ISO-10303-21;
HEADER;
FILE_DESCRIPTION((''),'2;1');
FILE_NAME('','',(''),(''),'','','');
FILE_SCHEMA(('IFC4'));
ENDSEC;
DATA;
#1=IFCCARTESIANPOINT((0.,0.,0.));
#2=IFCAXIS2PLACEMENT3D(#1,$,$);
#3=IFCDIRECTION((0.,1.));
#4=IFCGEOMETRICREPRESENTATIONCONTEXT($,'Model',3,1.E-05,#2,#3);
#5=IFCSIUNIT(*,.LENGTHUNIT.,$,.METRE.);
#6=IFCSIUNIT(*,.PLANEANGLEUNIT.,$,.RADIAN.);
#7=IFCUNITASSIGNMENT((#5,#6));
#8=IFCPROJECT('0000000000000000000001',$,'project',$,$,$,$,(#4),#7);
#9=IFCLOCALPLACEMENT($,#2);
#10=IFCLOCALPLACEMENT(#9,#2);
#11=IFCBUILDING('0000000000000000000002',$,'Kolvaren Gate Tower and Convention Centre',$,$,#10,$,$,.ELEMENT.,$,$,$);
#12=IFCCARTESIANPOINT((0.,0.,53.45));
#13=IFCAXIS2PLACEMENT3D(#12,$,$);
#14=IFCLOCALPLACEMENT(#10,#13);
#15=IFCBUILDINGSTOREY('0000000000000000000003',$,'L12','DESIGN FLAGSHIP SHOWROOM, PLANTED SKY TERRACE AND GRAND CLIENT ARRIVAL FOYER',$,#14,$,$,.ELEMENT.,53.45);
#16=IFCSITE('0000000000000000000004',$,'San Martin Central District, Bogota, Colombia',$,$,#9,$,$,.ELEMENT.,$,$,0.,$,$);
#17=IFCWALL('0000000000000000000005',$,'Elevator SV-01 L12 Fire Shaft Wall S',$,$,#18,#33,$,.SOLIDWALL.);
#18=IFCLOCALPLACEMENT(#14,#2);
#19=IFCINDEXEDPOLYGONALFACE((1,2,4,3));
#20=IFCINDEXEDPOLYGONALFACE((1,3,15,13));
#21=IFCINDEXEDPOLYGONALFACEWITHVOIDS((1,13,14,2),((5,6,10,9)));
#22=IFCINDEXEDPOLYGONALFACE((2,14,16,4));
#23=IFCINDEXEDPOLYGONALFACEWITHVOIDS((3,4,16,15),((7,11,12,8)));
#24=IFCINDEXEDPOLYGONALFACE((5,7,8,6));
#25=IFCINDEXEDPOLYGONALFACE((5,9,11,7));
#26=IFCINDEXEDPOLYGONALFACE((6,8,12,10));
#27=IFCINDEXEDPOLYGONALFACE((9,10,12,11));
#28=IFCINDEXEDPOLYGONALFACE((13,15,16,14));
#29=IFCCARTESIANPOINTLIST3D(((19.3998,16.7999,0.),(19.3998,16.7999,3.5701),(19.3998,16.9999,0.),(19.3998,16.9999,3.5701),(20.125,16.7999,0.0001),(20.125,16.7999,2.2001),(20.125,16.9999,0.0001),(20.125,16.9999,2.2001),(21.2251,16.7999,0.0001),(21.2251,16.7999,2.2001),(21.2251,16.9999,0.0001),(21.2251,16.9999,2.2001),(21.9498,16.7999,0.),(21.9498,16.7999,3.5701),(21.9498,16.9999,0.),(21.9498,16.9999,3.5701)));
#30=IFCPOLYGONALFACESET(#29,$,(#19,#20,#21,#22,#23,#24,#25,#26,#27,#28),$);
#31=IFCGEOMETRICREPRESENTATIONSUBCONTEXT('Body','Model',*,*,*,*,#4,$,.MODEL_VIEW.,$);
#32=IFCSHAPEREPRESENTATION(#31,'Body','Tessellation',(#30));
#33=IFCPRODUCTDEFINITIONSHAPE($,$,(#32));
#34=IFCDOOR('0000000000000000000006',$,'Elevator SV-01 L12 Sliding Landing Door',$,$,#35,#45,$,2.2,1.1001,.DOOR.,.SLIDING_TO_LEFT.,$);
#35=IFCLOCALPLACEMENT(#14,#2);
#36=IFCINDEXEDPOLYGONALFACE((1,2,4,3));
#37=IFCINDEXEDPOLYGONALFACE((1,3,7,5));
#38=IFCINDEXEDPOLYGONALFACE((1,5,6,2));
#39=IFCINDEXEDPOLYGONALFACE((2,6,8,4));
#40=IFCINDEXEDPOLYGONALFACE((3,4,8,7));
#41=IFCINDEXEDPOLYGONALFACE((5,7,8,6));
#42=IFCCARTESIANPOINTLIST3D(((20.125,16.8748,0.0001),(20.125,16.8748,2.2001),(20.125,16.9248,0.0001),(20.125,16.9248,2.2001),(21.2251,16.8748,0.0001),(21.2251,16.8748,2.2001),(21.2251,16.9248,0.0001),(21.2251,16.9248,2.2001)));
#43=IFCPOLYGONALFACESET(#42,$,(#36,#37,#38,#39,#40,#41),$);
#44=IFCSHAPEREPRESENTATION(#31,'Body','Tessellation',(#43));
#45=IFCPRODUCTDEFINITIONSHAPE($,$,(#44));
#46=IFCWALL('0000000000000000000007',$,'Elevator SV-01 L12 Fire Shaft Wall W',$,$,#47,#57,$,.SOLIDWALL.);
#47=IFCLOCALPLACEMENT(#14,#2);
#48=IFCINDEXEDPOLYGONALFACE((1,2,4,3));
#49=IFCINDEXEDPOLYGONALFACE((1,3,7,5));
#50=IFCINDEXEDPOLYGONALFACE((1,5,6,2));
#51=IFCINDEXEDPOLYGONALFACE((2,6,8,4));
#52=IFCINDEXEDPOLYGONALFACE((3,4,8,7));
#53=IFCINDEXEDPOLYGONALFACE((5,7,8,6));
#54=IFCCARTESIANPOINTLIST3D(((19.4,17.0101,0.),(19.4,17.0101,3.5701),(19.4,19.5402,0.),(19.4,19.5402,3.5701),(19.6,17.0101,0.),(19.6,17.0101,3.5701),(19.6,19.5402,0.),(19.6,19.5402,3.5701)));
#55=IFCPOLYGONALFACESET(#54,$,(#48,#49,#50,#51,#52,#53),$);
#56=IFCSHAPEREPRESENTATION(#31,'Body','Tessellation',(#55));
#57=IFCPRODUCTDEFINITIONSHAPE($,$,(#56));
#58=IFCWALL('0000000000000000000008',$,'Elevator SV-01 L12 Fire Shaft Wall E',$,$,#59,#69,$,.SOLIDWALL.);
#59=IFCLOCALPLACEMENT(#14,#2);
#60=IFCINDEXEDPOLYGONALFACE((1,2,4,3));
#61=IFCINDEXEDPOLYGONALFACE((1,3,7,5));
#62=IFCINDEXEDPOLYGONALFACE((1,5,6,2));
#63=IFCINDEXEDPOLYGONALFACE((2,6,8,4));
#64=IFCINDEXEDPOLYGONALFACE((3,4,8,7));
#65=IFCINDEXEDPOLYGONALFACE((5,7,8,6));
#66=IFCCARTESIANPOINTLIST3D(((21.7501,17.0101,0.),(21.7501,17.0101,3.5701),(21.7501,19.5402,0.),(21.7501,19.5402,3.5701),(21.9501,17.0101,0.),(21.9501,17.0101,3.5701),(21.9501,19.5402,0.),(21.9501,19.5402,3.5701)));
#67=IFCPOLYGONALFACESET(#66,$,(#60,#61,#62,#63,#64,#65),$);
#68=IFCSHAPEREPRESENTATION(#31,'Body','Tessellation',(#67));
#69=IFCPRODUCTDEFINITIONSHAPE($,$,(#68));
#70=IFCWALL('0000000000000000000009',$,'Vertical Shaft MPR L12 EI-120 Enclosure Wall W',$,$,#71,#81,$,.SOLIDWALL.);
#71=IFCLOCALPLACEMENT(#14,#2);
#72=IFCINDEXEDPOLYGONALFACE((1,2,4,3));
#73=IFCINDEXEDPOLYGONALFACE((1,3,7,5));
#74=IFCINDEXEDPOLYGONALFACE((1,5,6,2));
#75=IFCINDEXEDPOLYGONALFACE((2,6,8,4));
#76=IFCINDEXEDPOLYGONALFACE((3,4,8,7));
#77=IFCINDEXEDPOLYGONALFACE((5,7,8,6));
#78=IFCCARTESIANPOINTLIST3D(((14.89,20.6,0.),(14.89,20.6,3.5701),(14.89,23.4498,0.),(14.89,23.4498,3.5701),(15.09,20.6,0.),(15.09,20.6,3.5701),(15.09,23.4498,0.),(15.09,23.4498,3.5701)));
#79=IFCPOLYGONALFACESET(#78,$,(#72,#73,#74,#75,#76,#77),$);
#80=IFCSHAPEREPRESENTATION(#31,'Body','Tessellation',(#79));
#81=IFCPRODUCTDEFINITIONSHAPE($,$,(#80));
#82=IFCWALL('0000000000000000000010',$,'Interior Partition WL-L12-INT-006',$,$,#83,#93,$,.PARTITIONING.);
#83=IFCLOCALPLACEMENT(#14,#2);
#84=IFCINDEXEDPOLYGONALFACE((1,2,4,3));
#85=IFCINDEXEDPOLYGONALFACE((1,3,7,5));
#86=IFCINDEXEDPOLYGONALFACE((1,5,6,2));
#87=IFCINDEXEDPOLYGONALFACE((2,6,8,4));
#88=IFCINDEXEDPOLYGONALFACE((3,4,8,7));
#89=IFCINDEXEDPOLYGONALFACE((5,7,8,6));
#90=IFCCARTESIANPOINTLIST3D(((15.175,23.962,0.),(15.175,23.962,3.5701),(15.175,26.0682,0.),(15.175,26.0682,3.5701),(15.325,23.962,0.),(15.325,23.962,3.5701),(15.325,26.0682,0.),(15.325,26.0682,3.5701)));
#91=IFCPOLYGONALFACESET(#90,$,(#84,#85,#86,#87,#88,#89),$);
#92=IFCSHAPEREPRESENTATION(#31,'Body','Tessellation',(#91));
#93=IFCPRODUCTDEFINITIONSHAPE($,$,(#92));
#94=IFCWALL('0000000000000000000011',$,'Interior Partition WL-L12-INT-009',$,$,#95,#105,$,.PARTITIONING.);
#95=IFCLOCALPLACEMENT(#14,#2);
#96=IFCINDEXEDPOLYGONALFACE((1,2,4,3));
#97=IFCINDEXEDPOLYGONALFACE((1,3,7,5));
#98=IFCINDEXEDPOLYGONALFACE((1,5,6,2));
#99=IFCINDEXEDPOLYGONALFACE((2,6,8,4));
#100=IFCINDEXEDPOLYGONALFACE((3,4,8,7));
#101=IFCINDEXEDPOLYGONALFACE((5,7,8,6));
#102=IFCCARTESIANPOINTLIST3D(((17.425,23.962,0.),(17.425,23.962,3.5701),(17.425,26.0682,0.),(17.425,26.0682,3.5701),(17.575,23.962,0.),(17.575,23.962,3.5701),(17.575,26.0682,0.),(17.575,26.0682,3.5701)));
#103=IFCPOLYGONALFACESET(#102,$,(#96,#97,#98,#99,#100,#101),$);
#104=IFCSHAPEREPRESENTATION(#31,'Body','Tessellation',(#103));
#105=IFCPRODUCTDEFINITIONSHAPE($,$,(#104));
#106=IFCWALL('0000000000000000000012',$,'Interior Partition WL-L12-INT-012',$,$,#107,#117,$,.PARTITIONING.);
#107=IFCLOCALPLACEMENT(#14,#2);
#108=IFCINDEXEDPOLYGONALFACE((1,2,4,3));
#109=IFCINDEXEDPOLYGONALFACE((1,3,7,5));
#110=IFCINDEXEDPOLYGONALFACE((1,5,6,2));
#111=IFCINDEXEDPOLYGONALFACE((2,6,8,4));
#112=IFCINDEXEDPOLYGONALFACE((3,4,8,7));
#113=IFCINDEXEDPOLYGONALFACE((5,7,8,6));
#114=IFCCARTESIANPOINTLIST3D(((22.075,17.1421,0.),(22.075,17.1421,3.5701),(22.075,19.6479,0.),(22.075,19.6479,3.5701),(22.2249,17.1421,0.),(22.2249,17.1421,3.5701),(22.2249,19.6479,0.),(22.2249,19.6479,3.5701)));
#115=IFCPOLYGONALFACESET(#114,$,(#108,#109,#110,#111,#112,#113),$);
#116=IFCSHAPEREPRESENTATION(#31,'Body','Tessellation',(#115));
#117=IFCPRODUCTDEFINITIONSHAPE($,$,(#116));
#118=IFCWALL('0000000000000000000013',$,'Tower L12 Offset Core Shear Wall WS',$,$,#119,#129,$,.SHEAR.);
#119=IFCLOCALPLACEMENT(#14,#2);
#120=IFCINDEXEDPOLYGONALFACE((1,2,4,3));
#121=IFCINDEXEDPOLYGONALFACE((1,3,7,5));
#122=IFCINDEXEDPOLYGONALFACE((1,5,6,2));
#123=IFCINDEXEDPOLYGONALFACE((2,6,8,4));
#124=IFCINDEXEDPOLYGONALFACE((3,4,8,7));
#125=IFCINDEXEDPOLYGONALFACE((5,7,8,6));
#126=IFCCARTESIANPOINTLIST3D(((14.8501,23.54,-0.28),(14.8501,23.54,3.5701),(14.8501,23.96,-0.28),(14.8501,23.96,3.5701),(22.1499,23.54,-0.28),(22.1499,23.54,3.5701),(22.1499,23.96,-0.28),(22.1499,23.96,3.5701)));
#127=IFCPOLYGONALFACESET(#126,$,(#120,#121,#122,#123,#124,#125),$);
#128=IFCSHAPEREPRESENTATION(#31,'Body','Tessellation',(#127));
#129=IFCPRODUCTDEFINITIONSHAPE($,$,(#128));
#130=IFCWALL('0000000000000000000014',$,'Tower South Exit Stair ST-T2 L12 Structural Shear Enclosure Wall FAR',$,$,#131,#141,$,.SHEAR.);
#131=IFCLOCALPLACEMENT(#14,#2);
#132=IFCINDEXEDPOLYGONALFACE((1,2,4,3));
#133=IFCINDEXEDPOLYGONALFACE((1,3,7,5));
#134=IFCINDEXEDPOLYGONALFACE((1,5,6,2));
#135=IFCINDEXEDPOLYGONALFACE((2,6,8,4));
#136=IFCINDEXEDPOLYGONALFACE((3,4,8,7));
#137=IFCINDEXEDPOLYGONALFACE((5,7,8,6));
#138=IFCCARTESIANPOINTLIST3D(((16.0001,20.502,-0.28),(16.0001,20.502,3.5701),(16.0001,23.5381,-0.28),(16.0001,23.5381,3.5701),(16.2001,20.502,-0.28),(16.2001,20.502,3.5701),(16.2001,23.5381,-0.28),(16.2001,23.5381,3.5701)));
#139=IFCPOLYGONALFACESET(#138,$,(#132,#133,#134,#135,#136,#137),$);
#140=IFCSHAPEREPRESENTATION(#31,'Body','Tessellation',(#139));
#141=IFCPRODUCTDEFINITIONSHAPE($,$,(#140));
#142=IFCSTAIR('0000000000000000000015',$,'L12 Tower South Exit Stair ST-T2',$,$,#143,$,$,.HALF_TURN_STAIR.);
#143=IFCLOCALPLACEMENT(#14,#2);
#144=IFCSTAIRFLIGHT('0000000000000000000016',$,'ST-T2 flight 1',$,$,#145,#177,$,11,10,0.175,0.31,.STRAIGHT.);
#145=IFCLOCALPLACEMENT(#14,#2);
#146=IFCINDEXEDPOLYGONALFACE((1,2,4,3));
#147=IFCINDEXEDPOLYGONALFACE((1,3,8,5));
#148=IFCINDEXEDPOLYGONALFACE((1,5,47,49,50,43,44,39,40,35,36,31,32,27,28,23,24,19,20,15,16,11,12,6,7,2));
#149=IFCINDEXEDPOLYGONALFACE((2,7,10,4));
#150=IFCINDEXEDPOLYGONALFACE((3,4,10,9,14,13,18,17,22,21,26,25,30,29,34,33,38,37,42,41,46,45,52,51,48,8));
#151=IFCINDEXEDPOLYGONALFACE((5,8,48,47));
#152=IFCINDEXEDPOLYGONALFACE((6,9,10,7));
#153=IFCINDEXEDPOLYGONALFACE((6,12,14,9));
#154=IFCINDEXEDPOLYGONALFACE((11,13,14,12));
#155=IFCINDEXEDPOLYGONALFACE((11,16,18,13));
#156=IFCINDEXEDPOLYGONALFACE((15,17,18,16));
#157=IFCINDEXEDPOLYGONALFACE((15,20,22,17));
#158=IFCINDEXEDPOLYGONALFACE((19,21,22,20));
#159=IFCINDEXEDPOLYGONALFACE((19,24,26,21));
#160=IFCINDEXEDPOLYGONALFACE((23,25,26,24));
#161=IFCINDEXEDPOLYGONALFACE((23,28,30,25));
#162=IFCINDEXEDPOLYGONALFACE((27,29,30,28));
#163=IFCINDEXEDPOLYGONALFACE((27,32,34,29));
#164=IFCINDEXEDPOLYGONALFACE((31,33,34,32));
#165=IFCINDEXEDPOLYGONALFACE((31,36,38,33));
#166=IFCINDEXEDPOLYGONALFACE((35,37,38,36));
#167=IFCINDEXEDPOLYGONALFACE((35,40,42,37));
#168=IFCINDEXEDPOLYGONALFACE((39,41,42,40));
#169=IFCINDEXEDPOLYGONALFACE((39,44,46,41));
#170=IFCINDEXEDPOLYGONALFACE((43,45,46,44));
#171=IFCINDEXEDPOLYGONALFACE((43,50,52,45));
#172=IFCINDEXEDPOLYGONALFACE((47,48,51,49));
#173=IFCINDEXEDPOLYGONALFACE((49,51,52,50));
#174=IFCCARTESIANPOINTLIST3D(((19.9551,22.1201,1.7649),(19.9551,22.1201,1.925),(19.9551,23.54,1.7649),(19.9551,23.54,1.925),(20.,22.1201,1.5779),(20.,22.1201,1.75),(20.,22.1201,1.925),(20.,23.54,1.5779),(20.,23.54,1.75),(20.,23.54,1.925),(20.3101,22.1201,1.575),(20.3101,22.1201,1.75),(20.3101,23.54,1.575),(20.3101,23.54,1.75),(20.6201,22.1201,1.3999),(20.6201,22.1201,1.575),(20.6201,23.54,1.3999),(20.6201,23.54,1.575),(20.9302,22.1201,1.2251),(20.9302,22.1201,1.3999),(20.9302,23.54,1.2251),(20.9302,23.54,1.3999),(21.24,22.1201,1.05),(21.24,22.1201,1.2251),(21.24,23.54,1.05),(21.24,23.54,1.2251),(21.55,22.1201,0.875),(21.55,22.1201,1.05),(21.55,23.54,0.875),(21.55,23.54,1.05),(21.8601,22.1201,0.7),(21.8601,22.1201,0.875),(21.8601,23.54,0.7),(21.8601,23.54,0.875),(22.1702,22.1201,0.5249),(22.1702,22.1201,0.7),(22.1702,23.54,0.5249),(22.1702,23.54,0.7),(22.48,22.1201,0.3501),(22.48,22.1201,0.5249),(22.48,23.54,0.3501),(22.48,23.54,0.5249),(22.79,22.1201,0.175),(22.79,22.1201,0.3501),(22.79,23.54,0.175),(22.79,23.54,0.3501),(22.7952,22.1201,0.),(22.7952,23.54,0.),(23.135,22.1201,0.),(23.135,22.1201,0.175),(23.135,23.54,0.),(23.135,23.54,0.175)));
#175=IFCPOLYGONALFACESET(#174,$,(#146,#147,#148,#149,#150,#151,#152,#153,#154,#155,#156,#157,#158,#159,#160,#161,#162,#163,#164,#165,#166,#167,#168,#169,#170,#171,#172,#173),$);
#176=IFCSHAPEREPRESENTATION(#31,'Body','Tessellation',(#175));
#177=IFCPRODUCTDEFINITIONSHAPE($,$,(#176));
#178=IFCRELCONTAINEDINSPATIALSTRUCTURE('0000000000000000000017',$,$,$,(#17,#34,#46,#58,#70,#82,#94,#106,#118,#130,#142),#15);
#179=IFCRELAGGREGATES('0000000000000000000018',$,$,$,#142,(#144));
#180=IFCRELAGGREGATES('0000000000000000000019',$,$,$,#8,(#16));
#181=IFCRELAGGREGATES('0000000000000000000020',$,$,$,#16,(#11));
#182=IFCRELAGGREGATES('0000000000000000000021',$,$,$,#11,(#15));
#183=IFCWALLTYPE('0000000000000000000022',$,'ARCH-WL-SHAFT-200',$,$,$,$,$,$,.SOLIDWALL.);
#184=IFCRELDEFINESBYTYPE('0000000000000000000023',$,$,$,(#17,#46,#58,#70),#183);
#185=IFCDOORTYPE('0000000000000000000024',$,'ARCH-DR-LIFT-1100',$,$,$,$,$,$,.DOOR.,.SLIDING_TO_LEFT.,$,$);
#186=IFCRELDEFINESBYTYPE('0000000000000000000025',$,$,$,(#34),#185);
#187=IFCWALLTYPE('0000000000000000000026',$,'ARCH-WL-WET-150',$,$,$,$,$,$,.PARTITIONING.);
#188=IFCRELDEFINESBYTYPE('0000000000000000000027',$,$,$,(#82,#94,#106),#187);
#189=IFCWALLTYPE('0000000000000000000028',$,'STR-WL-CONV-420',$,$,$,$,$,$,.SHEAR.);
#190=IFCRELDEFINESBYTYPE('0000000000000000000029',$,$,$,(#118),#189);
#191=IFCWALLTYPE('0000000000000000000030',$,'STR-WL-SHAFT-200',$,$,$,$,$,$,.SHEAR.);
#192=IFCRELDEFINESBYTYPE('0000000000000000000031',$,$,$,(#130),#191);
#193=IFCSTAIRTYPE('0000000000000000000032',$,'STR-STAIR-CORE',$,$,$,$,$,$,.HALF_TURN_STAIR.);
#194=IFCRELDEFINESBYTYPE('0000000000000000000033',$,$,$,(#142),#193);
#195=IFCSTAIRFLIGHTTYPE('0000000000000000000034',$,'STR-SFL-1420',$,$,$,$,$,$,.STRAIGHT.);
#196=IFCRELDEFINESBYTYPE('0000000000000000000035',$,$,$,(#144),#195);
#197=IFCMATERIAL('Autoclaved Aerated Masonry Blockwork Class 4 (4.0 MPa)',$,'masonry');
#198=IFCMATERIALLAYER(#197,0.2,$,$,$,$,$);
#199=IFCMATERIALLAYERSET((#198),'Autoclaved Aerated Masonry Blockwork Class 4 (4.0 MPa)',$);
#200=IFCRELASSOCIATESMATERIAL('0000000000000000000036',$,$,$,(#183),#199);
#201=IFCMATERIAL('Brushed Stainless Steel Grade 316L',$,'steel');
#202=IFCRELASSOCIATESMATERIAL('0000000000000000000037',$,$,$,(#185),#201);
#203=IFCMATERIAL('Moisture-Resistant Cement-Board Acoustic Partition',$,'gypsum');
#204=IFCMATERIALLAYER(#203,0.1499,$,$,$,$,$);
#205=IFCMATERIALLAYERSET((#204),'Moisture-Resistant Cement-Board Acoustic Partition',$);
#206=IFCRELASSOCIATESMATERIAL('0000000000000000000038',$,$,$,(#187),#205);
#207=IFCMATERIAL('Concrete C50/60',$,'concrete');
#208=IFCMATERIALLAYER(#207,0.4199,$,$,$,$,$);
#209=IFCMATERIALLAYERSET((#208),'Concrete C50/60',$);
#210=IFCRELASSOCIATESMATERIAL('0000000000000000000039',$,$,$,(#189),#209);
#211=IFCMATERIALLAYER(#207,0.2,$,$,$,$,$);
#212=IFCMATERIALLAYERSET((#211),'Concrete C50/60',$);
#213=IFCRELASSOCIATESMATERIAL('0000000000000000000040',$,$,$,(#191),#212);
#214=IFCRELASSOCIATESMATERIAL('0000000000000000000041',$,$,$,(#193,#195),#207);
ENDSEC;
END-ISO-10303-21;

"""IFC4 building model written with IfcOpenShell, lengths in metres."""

from ifc_helpers import new_model, si_unit, direction, frame, frame_2d, origin, place, context, subcontext, project, spatial, polyline, rectangle, outline, extrude, material, layer, layer_set, type_object, element, fill, aggregate, save


model = new_model("IFC4")

# Units and contexts
model_context = context("Model", 3, precision=1e-05, world=origin(), true_north=direction((0.0, 1.0)))
body_context = subcontext(model_context, "Body", "Model", "MODEL_VIEW")
ifc_project = project(units=[si_unit("LENGTHUNIT", "METRE"), si_unit("PLANEANGLEUNIT", "RADIAN")], contexts=[model_context])

# Site, building, storey
site_placement = place(None, origin())
site = spatial("IfcSite", under=ifc_project, at=site_placement, Name="San Martin Central District, Bogota, Colombia", CompositionType="ELEMENT", RefElevation=0.0)
building_placement = place(site_placement, origin())
building = spatial("IfcBuilding", under=site, at=building_placement, Name="Kolvaren Gate Tower and Convention Centre", CompositionType="ELEMENT")
storey_placement = place(building_placement, frame((0.0, 0.0, 53.45)))
storey = spatial("IfcBuildingStorey", under=building, at=storey_placement, Name="L12", Description="DESIGN FLAGSHIP SHOWROOM, PLANTED SKY TERRACE AND GRAND CLIENT ARRIVAL FOYER", CompositionType="ELEMENT", Elevation=53.45)

# Shared definitions
ifc_material_1 = material(Name="Autoclaved Aerated Masonry Blockwork Class 4 (4.0 MPa)", Category="masonry")

# Shared definitions
ifc_layer_1 = layer(ifc_material_1, 0.2)
ifc_layer_set_1 = layer_set([ifc_layer_1], Name="Autoclaved Aerated Masonry Blockwork Class 4 (4.0 MPa)")
wall_type_1 = type_object("IfcWallType", Name="ARCH-WL-SHAFT-200", PredefinedType="SOLIDWALL", material=ifc_layer_set_1)

# Wall, opening, door
wall_1_placement = place(storey_placement, frame((19.3999, 16.8999, 0.0), z_axis=(0.0, 0.0, 1.0), x_axis=(1.0, 0.0, 0.0)))
wall_1 = element("IfcWall", 1, at=wall_1_placement, inside=storey, type_object=wall_type_1, Name="Elevator SV-01 L12 Fire Shaft Wall S", PredefinedType="SOLIDWALL", context=body_context, shape_type="SweptSolid", body=[
    extrude(rectangle(XDim=2.55, YDim=0.2, at=frame_2d((1.2749, 0.0))), origin(), (0.0, 0.0, 1.0), 3.5701),
])
opening_1_placement = place(wall_1_placement, frame((0.7251, 0.0, 0.0)))
opening_1 = element("IfcOpeningElement", 2, at=opening_1_placement, cuts=wall_1, PredefinedType="OPENING", context=body_context, shape_type="SweptSolid", body=[
    extrude(rectangle(XDim=1.1001, YDim=2.2, at=frame_2d((0.55, 1.1001))), frame((0.0, 0.1099, 0.0), z_axis=(0.0, -1.0, 0.0), x_axis=(1.0, 0.0, 0.0)), (0.0, 0.0, 1.0), 0.22),
])
ifc_material_2 = material(Name="Brushed Stainless Steel Grade 316L", Category="steel")
door_type_1 = type_object("IfcDoorType", Name="ARCH-DR-LIFT-1100", OperationType="SLIDING_TO_LEFT", PredefinedType="DOOR", material=ifc_material_2)
door_1_placement = place(opening_1_placement, origin())
door_1 = element("IfcDoor", 3, at=door_1_placement, inside=storey, type_object=door_type_1, Name="Elevator SV-01 L12 Sliding Landing Door", OperationType="SLIDING_TO_LEFT", OverallHeight=2.2, OverallWidth=1.1001, PredefinedType="DOOR", context=body_context, shape_type="SweptSolid", body=[
    extrude(rectangle(XDim=1.1001, YDim=2.2, at=frame_2d((0.55, 1.1001))), frame((0.0, 0.0249, 0.0), z_axis=(0.0, -1.0, 0.0), x_axis=(1.0, 0.0, 0.0)), (0.0, 0.0, 1.0), 0.05),
])
fill(opening_1, door_1)

# Walls
for number, where, z_axis, x_axis, name in (
    (4, (19.5, 17.01, 0.0), (0.0, 0.0, 1.0), (0.0, 1.0, 0.0), "Elevator SV-01 L12 Fire Shaft Wall W"),
    (5, (21.8501, 17.01, 0.0), (0.0, 0.0, 1.0), (0.0, 1.0, 0.0), "Elevator SV-01 L12 Fire Shaft Wall E"),
):
    element("IfcWall", number, at=place(storey_placement, frame(where, z_axis=z_axis, x_axis=x_axis)), inside=storey, type_object=wall_type_1, Name=name, PredefinedType="SOLIDWALL", context=body_context, shape_type="SweptSolid", body=[
        extrude(rectangle(XDim=2.53, YDim=0.2, at=frame_2d((1.2651, 0.0))), origin(), (0.0, 0.0, 1.0), 3.5701),
    ])
wall_2_placement = place(storey_placement, frame((14.99, 20.6001, 0.0), z_axis=(0.0, 0.0, 1.0), x_axis=(0.0, 1.0, 0.0)))
element("IfcWall", 6, at=wall_2_placement, inside=storey, type_object=wall_type_1, Name="Vertical Shaft MPR L12 EI-120 Enclosure Wall W", PredefinedType="SOLIDWALL", context=body_context, shape_type="SweptSolid", body=[
    extrude(rectangle(XDim=2.8499, YDim=0.2, at=frame_2d((1.4248, 0.0))), origin(), (0.0, 0.0, 1.0), 3.5701),
])
ifc_material_3 = material(Name="Moisture-Resistant Cement-Board Acoustic Partition", Category="gypsum")
ifc_layer_2 = layer(ifc_material_3, 0.1499)
ifc_layer_set_2 = layer_set([ifc_layer_2], Name="Moisture-Resistant Cement-Board Acoustic Partition")
wall_type_2 = type_object("IfcWallType", Name="ARCH-WL-WET-150", PredefinedType="PARTITIONING", material=ifc_layer_set_2)
for number, where, z_axis, x_axis, name in (
    (7, (15.25, 23.9619, 0.0), (0.0, 0.0, 1.0), (0.0, 1.0, 0.0), "Interior Partition WL-L12-INT-006"),
    (8, (17.5, 23.9619, 0.0), (0.0, 0.0, 1.0), (0.0, 1.0, 0.0), "Interior Partition WL-L12-INT-009"),
):
    element("IfcWall", number, at=place(storey_placement, frame(where, z_axis=z_axis, x_axis=x_axis)), inside=storey, type_object=wall_type_2, Name=name, PredefinedType="PARTITIONING", context=body_context, shape_type="SweptSolid", body=[
        extrude(rectangle(XDim=2.1062, YDim=0.1499, at=frame_2d((1.0532, 0.0))), origin(), (0.0, 0.0, 1.0), 3.5701),
    ])
wall_3_placement = place(storey_placement, frame((22.1499, 17.1421, 0.0), z_axis=(0.0, 0.0, 1.0), x_axis=(0.0, 1.0, 0.0)))
element("IfcWall", 9, at=wall_3_placement, inside=storey, type_object=wall_type_2, Name="Interior Partition WL-L12-INT-012", PredefinedType="PARTITIONING", context=body_context, shape_type="SweptSolid", body=[
    extrude(rectangle(XDim=2.5059, YDim=0.1499, at=frame_2d((1.2529, 0.0))), origin(), (0.0, 0.0, 1.0), 3.5701),
])
ifc_material_4 = material(Name="Concrete C50/60", Category="concrete")
ifc_layer_3 = layer(ifc_material_4, 0.4199)
ifc_layer_set_3 = layer_set([ifc_layer_3], Name="Concrete C50/60")
wall_type_3 = type_object("IfcWallType", Name="STR-WL-CONV-420", PredefinedType="SHEAR", material=ifc_layer_set_3)
wall_4_placement = place(storey_placement, frame((14.8501, 23.75, -0.28), z_axis=(0.0, 0.0, 1.0), x_axis=(1.0, 0.0, 0.0)))
element("IfcWall", 10, at=wall_4_placement, inside=storey, type_object=wall_type_3, Name="Tower L12 Offset Core Shear Wall WS", PredefinedType="SHEAR", context=body_context, shape_type="SweptSolid", body=[
    extrude(rectangle(XDim=7.2998, YDim=0.4199, at=frame_2d((3.6499, 0.0))), origin(), (0.0, 0.0, 1.0), 3.8501),
])
ifc_layer_4 = layer(ifc_material_4, 0.2)
ifc_layer_set_4 = layer_set([ifc_layer_4], Name="Concrete C50/60")
wall_type_4 = type_object("IfcWallType", Name="STR-WL-SHAFT-200", PredefinedType="SHEAR", material=ifc_layer_set_4)
wall_5_placement = place(storey_placement, frame((16.1001, 20.502, -0.28), z_axis=(0.0, 0.0, 1.0), x_axis=(0.0, 1.0, 0.0)))
element("IfcWall", 11, at=wall_5_placement, inside=storey, type_object=wall_type_4, Name="Tower South Exit Stair ST-T2 L12 Structural Shear Enclosure Wall FAR", PredefinedType="SHEAR", context=body_context, shape_type="SweptSolid", body=[
    extrude(rectangle(XDim=3.0361, YDim=0.2, at=frame_2d((1.5181, 0.0))), origin(), (0.0, 0.0, 1.0), 3.8501),
])

# Stair, stair flight
stair_type = type_object("IfcStairType", Name="STR-STAIR-CORE", PredefinedType="HALF_TURN_STAIR", material=ifc_material_4)
stair_placement = place(storey_placement, origin())
stair = element("IfcStair", 12, at=stair_placement, inside=storey, type_object=stair_type, Name="L12 Tower South Exit Stair ST-T2", PredefinedType="HALF_TURN_STAIR")
stair_flight_type = type_object("IfcStairFlightType", Name="STR-SFL-1420", PredefinedType="STRAIGHT", material=ifc_material_4)
stair_flight_1_placement = place(storey_placement, frame((23.1001, 22.8301, 0.0), z_axis=(0.0, 0.0, 1.0), x_axis=(-1.0, 0.0, 0.0)))
stair_flight_1 = element("IfcStairFlight", 13, at=stair_flight_1_placement, type_object=stair_flight_type, Name="ST-T2 flight 1", NumberOfRisers=11, NumberOfTreads=10, PredefinedType="STRAIGHT", RiserHeight=0.175, TreadLength=0.31, context=body_context, shape_type="SweptSolid", body=[
    extrude(outline(polyline([(-0.0349, 0.0), (-0.0349, 0.175), (0.3101, 0.175), (0.3101, 0.3501), (0.6201, 0.3501), (0.6201, 0.5249), (0.9299, 0.5249), (0.9299, 0.7), (1.24, 0.7), (1.24, 0.875), (1.55, 0.875), (1.55, 1.05), (1.8601, 1.05), (1.8601, 1.2251), (2.1699, 1.2251), (2.1699, 1.3999), (2.48, 1.3999), (2.48, 1.575), (2.79, 1.575), (2.79, 1.75), (3.1001, 1.75), (3.1001, 1.925), (3.145, 1.925), (3.145, 1.7649), (3.1001, 1.5779), (0.3049, 0.0), (-0.0349, 0.0)])), frame((0.0, 0.71, 0.0), z_axis=(0.0, -1.0, 0.0), x_axis=(1.0, 0.0, 0.0)), (0.0, 0.0, 1.0), 1.4199),
])
aggregate(stair, [stair_flight_1])

save(model, "model.ifc")
